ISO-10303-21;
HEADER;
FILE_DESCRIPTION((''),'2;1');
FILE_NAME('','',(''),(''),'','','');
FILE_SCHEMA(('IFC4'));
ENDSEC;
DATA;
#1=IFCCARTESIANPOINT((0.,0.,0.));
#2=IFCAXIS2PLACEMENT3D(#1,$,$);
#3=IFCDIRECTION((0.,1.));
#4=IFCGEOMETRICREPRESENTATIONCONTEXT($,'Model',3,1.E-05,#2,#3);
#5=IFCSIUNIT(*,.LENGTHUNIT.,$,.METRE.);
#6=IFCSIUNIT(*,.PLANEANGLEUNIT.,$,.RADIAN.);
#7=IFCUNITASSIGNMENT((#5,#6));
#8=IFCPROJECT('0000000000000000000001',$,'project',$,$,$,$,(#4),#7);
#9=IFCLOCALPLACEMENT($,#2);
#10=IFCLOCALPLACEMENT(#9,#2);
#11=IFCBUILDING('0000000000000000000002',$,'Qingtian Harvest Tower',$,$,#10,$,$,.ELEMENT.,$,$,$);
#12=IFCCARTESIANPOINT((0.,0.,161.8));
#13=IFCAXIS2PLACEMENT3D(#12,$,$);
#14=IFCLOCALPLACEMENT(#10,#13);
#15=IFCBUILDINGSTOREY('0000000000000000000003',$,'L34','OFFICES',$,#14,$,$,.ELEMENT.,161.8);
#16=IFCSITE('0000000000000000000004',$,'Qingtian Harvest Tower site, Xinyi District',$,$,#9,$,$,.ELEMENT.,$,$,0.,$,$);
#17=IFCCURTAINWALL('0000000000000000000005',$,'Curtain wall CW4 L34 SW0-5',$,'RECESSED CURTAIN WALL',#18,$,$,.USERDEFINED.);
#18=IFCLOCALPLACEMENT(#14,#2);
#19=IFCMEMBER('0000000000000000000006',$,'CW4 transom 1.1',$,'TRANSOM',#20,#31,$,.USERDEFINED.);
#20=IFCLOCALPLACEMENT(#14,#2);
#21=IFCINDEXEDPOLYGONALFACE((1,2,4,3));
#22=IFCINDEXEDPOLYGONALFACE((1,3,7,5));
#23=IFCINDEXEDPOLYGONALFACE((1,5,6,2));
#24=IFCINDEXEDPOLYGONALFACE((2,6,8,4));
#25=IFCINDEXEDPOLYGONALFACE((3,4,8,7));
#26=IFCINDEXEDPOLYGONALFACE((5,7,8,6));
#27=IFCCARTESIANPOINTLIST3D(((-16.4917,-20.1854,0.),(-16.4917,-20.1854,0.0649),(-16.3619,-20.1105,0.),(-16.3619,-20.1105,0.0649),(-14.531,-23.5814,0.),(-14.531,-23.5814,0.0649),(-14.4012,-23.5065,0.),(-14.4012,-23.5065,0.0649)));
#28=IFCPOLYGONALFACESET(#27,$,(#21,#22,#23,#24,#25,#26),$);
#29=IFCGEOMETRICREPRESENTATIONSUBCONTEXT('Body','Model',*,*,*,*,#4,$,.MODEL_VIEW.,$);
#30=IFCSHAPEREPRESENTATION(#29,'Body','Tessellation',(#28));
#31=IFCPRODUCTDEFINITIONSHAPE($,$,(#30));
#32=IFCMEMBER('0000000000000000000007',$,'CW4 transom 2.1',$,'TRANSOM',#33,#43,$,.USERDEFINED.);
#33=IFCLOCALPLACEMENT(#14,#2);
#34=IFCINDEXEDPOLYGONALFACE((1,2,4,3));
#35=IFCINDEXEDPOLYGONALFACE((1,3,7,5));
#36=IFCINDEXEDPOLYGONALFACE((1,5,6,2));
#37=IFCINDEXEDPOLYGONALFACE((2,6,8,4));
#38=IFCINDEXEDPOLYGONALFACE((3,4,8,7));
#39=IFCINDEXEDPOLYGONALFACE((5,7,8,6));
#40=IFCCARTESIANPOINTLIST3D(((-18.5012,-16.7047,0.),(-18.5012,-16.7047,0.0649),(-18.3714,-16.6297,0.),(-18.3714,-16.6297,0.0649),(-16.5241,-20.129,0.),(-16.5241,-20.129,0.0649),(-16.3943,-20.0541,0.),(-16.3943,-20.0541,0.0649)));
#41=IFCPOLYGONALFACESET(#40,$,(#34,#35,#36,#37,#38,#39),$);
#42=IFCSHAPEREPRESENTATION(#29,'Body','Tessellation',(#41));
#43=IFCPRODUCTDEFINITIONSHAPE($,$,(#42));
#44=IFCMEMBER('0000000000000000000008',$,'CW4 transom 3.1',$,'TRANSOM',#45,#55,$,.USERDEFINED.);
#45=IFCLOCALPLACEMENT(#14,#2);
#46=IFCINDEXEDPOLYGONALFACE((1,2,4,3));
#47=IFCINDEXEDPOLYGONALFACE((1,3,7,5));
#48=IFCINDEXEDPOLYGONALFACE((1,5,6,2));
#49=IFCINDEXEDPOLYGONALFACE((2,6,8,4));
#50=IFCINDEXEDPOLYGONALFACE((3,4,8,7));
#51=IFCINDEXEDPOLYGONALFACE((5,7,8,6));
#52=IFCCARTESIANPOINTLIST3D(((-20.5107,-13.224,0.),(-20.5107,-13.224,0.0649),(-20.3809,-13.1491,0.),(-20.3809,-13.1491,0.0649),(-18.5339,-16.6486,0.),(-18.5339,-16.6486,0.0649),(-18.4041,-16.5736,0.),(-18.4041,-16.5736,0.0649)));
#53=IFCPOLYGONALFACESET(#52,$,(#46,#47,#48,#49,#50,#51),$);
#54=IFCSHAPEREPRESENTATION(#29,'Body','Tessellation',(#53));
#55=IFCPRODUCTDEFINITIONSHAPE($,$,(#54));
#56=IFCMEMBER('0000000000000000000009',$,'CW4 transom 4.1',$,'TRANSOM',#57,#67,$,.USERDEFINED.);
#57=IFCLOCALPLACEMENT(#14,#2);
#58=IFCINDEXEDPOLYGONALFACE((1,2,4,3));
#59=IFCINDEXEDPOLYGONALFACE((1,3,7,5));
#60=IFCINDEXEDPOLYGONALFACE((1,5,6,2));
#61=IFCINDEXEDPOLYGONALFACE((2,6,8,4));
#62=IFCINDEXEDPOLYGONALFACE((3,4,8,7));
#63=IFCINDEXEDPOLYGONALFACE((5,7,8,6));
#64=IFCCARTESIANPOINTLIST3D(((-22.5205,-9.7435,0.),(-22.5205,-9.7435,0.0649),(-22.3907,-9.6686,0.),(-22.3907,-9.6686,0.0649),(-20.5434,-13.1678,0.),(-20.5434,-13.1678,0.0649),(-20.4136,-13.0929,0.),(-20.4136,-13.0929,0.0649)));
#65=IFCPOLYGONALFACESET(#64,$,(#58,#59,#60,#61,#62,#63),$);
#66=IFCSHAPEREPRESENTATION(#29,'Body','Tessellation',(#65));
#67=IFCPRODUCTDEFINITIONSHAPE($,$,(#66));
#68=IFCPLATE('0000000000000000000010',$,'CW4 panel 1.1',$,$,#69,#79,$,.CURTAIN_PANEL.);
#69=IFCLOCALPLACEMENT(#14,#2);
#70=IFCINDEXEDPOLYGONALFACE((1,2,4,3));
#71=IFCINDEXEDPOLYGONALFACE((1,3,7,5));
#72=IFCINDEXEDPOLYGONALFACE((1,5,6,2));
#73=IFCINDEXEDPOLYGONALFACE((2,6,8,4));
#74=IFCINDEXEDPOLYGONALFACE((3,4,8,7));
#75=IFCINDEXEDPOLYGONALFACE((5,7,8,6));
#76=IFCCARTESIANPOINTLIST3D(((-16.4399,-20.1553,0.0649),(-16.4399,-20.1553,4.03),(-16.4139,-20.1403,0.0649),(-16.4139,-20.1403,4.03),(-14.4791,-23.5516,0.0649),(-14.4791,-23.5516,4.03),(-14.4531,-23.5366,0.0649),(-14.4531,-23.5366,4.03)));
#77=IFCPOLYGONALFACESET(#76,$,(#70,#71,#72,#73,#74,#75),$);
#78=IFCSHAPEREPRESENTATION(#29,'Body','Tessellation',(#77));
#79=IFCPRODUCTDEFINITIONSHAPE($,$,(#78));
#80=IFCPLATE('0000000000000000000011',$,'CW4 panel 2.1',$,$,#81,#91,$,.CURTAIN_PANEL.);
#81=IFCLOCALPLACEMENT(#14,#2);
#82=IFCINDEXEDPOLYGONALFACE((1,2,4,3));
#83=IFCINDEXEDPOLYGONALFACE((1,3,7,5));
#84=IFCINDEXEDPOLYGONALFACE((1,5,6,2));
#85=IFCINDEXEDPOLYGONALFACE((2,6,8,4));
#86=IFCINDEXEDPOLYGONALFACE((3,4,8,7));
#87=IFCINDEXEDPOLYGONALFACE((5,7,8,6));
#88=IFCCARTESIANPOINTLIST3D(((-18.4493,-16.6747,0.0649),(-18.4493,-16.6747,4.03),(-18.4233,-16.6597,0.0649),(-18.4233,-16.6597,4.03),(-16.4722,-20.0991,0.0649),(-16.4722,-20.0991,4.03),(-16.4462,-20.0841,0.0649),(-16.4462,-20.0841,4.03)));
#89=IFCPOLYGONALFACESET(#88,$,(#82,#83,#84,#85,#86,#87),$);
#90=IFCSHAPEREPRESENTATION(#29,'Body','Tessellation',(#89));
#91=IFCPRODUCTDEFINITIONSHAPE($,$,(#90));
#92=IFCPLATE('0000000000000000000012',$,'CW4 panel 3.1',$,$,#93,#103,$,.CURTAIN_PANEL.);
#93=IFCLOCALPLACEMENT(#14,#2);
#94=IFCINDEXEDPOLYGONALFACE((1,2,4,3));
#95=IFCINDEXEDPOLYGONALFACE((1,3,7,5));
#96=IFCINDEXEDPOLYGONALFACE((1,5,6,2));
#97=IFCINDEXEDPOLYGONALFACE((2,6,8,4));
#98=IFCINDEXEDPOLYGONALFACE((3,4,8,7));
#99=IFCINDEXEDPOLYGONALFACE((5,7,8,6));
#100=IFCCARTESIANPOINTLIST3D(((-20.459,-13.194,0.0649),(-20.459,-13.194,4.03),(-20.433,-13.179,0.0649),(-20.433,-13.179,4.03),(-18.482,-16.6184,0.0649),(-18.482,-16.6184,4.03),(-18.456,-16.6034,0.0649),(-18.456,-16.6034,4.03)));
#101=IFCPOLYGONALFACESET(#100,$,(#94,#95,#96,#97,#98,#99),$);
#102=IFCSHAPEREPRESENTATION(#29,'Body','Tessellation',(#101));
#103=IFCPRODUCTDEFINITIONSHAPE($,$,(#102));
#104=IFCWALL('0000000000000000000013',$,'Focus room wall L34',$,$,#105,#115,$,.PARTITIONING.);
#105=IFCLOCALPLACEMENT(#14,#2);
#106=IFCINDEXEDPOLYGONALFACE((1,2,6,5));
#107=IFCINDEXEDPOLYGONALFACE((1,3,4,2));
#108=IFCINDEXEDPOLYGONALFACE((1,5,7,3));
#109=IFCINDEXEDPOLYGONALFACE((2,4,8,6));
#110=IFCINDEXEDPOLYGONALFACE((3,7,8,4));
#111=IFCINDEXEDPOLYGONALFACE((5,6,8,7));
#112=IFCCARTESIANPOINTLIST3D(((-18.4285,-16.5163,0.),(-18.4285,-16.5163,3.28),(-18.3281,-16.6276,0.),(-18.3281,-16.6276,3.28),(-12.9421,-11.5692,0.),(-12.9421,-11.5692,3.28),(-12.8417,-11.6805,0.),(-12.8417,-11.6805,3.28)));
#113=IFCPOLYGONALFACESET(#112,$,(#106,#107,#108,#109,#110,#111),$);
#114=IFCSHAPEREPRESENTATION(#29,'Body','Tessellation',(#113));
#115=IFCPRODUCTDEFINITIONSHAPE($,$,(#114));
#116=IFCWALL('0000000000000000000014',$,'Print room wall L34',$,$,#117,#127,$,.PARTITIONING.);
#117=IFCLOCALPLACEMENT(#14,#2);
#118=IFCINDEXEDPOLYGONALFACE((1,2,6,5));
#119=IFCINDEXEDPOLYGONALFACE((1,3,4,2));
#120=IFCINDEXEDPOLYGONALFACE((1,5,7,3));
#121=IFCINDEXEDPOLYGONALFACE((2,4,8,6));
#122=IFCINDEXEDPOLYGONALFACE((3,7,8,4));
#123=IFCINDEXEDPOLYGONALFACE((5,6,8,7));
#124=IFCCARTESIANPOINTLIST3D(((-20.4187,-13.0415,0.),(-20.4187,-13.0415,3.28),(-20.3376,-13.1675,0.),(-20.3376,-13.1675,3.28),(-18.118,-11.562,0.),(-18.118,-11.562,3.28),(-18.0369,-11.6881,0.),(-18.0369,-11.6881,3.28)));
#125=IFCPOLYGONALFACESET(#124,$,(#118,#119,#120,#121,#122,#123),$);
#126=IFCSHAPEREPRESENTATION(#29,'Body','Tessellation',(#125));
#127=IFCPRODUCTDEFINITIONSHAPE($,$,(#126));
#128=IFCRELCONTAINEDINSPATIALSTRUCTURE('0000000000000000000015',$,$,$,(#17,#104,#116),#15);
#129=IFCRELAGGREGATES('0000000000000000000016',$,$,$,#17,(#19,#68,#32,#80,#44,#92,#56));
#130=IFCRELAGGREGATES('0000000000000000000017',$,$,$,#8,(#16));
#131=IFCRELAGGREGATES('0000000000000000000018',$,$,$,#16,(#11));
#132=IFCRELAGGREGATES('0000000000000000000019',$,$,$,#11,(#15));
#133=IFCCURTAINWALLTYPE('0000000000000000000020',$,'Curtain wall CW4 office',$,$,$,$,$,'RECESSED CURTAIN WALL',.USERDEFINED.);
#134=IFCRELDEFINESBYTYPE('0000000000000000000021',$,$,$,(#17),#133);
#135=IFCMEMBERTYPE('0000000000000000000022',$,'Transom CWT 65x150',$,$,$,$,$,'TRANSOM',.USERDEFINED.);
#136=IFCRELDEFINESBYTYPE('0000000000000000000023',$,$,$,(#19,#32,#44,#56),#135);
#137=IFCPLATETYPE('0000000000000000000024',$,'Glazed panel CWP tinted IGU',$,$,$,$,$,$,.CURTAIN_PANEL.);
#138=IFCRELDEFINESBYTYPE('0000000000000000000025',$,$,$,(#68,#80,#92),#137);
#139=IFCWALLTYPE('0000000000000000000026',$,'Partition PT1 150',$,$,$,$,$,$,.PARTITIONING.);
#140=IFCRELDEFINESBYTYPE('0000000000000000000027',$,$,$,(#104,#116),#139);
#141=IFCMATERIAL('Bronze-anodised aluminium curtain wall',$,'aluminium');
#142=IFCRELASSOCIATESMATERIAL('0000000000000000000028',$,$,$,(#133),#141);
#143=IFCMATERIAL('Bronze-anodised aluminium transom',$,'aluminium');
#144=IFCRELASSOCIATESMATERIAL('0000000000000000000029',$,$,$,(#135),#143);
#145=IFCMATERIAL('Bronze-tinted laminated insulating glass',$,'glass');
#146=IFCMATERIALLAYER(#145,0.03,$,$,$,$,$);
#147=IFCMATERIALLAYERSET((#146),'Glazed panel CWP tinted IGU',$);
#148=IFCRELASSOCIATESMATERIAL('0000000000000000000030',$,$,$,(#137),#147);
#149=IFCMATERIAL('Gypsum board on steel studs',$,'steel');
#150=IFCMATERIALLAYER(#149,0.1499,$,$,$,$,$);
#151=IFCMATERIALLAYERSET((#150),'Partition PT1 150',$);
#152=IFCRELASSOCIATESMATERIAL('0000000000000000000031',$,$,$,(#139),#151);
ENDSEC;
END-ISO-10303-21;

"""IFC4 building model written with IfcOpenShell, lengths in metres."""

from ifc_helpers import new_model, si_unit, direction, frame, frame_2d, origin, origin_2d, place, context, subcontext, project, spatial, rectangle, extrude, material, layer, layer_set, material_profile, profile_set, type_object, element, aggregate, save


model = new_model("IFC4")

# Units and contexts
model_context = context("Model", 3, precision=1e-05, world=origin(), true_north=direction((0.0, 1.0)))
body_context = subcontext(model_context, "Body", "Model", "MODEL_VIEW")
ifc_project = project(units=[si_unit("LENGTHUNIT", "METRE"), si_unit("PLANEANGLEUNIT", "RADIAN")], contexts=[model_context])

# Site, building, storey
site_placement = place(None, origin())
site = spatial("IfcSite", under=ifc_project, at=site_placement, Name="Qingtian Harvest Tower site, Xinyi District", CompositionType="ELEMENT", RefElevation=0.0)
building_placement = place(site_placement, origin())
building = spatial("IfcBuilding", under=site, at=building_placement, Name="Qingtian Harvest Tower", CompositionType="ELEMENT")
storey_placement = place(building_placement, frame((0.0, 0.0, 161.8)))
storey = spatial("IfcBuildingStorey", under=building, at=storey_placement, Name="L34", Description="OFFICES", CompositionType="ELEMENT", Elevation=161.8)

# Shared definitions
ifc_material_1 = material(Name="Bronze-anodised aluminium curtain wall", Category="aluminium")
curtain_wall_type = type_object("IfcCurtainWallType", Name="Curtain wall CW4 office", ElementType="RECESSED CURTAIN WALL", PredefinedType="USERDEFINED", material=ifc_material_1)

# Curtain wall
curtain_wall_1_placement = place(storey_placement, origin())
curtain_wall_1 = element("IfcCurtainWall", 1, at=curtain_wall_1_placement, inside=storey, type_object=curtain_wall_type, Name="Curtain wall CW4 L34 SW0-5", ObjectType="RECESSED CURTAIN WALL", PredefinedType="USERDEFINED")

# Members
ifc_material_2 = material(Name="Bronze-anodised aluminium transom", Category="aluminium")
ifc_material_profile_1 = material_profile(ifc_material_2, rectangle(XDim=0.1499, YDim=0.0649, at=origin_2d()), Name="AL 65x150")
ifc_profile_set_1 = profile_set([ifc_material_profile_1], Name="Bronze-anodised aluminium transom")
member_type_1 = type_object("IfcMemberType", Name="Transom CWT 65x150", ElementType="TRANSOM", PredefinedType="USERDEFINED", material=ifc_profile_set_1)
member_1_placement = place(storey_placement, frame((-14.4661, -23.5439, 0.0325), z_axis=(-0.500003, 0.866024, 0.0), x_axis=(-0.866024, -0.500003, 0.0)))
member_1 = element("IfcMember", 2, at=member_1_placement, type_object=member_type_1, Name="CW4 transom 1.1", ObjectType="TRANSOM", PredefinedType="USERDEFINED", context=body_context, shape_type="SweptSolid", body=[
    extrude(rectangle(XDim=0.1499, YDim=0.0649, at=origin_2d()), origin(), (0.0, 0.0, 1.0), 3.9214),
])
member_2_placement = place(storey_placement, frame((-16.4592, -20.0916, 0.0325), z_axis=(-0.500004, 0.866023, 0.0), x_axis=(-0.866023, -0.500004, 0.0)))
member_2 = element("IfcMember", 3, at=member_2_placement, type_object=member_type_1, Name="CW4 transom 2.1", ObjectType="TRANSOM", PredefinedType="USERDEFINED", context=body_context, shape_type="SweptSolid", body=[
    extrude(rectangle(XDim=0.1499, YDim=0.0649, at=origin_2d()), origin(), (0.0, 0.0, 1.0), 3.9541),
])
member_3_placement = place(storey_placement, frame((-18.469, -16.6111, 0.0325), z_axis=(-0.499931, 0.866065, 0.0), x_axis=(-0.866065, -0.499931, 0.0)))
member_3 = element("IfcMember", 4, at=member_3_placement, type_object=member_type_1, Name="CW4 transom 3.1", ObjectType="TRANSOM", PredefinedType="USERDEFINED", context=body_context, shape_type="SweptSolid", body=[
    extrude(rectangle(XDim=0.1499, YDim=0.0649, at=origin_2d()), origin(), (0.0, 0.0, 1.0), 3.9541),
])
member_4_placement = place(storey_placement, frame((-20.4785, -13.1304, 0.0325), z_axis=(-0.500004, 0.866023, 0.0), x_axis=(-0.866023, -0.500004, 0.0)))
member_4 = element("IfcMember", 5, at=member_4_placement, type_object=member_type_1, Name="CW4 transom 4.1", ObjectType="TRANSOM", PredefinedType="USERDEFINED", context=body_context, shape_type="SweptSolid", body=[
    extrude(rectangle(XDim=0.1499, YDim=0.0649, at=origin_2d()), origin(), (0.0, 0.0, 1.0), 3.9541),
])

# Plates
ifc_material_3 = material(Name="Bronze-tinted laminated insulating glass", Category="glass")
ifc_layer_1 = layer(ifc_material_3, 0.03)
ifc_layer_set_1 = layer_set([ifc_layer_1], Name="Glazed panel CWP tinted IGU")
plate_type = type_object("IfcPlateType", Name="Glazed panel CWP tinted IGU", PredefinedType="CURTAIN_PANEL", material=ifc_layer_set_1)
plate_1_placement = place(storey_placement, frame((-15.4465, -21.8459, 0.0649), z_axis=(0.0, 0.0, 1.0), x_axis=(-0.5, 0.866025, 0.0)))
plate_1 = element("IfcPlate", 6, at=plate_1_placement, type_object=plate_type, Name="CW4 panel 1.1", PredefinedType="CURTAIN_PANEL", context=body_context, shape_type="SweptSolid", body=[
    extrude(rectangle(XDim=3.9216, YDim=0.03, at=origin_2d()), origin(), (0.0, 0.0, 1.0), 3.9651),
])
plate_2_placement = place(storey_placement, frame((-17.4478, -18.3794, 0.0649), z_axis=(0.0, 0.0, 1.0), x_axis=(-0.5, 0.866025, 0.0)))
plate_2 = element("IfcPlate", 7, at=plate_2_placement, type_object=plate_type, Name="CW4 panel 2.1", PredefinedType="CURTAIN_PANEL", context=body_context, shape_type="SweptSolid", body=[
    extrude(rectangle(XDim=3.9541, YDim=0.03, at=origin_2d()), origin(), (0.0, 0.0, 1.0), 3.9651),
])
plate_3_placement = place(storey_placement, frame((-19.4575, -14.8987, 0.0649), z_axis=(0.0, 0.0, 1.0), x_axis=(-0.5, 0.866025, 0.0)))
plate_3 = element("IfcPlate", 8, at=plate_3_placement, type_object=plate_type, Name="CW4 panel 3.1", PredefinedType="CURTAIN_PANEL", context=body_context, shape_type="SweptSolid", body=[
    extrude(rectangle(XDim=3.9541, YDim=0.03, at=origin_2d()), origin(), (0.0, 0.0, 1.0), 3.9651),
])
aggregate(curtain_wall_1, [member_1, plate_1, member_2, plate_2, member_3, plate_3, member_4])

# Walls
ifc_material_4 = material(Name="Gypsum board on steel studs", Category="steel")
ifc_layer_2 = layer(ifc_material_4, 0.1499)
ifc_layer_set_2 = layer_set([ifc_layer_2], Name="Partition PT1 150")
wall_type = type_object("IfcWallType", Name="Partition PT1 150", PredefinedType="PARTITIONING", material=ifc_layer_set_2)
wall_1_placement = place(storey_placement, frame((-18.3784, -16.572, 0.0), z_axis=(0.0, 0.0, 1.0), x_axis=(0.742666, 0.669662, 0.0)))
element("IfcWall", 9, at=wall_1_placement, inside=storey, type_object=wall_type, Name="Focus room wall L34", PredefinedType="PARTITIONING", context=body_context, shape_type="SweptSolid", body=[
    extrude(rectangle(XDim=7.3875, YDim=0.1499, at=frame_2d((3.6938, 0.0))), origin(), (0.0, 0.0, 1.0), 3.28),
])
wall_2_placement = place(storey_placement, frame((-20.3782, -13.1045, 0.0), z_axis=(0.0, 0.0, 1.0), x_axis=(0.841109, 0.540866, 0.0)))
element("IfcWall", 10, at=wall_2_placement, inside=storey, type_object=wall_type, Name="Print room wall L34", PredefinedType="PARTITIONING", context=body_context, shape_type="SweptSolid", body=[
    extrude(rectangle(XDim=2.7354, YDim=0.1499, at=frame_2d((1.3677, 0.0))), origin(), (0.0, 0.0, 1.0), 3.28),
])

save(model, "model.ifc")
